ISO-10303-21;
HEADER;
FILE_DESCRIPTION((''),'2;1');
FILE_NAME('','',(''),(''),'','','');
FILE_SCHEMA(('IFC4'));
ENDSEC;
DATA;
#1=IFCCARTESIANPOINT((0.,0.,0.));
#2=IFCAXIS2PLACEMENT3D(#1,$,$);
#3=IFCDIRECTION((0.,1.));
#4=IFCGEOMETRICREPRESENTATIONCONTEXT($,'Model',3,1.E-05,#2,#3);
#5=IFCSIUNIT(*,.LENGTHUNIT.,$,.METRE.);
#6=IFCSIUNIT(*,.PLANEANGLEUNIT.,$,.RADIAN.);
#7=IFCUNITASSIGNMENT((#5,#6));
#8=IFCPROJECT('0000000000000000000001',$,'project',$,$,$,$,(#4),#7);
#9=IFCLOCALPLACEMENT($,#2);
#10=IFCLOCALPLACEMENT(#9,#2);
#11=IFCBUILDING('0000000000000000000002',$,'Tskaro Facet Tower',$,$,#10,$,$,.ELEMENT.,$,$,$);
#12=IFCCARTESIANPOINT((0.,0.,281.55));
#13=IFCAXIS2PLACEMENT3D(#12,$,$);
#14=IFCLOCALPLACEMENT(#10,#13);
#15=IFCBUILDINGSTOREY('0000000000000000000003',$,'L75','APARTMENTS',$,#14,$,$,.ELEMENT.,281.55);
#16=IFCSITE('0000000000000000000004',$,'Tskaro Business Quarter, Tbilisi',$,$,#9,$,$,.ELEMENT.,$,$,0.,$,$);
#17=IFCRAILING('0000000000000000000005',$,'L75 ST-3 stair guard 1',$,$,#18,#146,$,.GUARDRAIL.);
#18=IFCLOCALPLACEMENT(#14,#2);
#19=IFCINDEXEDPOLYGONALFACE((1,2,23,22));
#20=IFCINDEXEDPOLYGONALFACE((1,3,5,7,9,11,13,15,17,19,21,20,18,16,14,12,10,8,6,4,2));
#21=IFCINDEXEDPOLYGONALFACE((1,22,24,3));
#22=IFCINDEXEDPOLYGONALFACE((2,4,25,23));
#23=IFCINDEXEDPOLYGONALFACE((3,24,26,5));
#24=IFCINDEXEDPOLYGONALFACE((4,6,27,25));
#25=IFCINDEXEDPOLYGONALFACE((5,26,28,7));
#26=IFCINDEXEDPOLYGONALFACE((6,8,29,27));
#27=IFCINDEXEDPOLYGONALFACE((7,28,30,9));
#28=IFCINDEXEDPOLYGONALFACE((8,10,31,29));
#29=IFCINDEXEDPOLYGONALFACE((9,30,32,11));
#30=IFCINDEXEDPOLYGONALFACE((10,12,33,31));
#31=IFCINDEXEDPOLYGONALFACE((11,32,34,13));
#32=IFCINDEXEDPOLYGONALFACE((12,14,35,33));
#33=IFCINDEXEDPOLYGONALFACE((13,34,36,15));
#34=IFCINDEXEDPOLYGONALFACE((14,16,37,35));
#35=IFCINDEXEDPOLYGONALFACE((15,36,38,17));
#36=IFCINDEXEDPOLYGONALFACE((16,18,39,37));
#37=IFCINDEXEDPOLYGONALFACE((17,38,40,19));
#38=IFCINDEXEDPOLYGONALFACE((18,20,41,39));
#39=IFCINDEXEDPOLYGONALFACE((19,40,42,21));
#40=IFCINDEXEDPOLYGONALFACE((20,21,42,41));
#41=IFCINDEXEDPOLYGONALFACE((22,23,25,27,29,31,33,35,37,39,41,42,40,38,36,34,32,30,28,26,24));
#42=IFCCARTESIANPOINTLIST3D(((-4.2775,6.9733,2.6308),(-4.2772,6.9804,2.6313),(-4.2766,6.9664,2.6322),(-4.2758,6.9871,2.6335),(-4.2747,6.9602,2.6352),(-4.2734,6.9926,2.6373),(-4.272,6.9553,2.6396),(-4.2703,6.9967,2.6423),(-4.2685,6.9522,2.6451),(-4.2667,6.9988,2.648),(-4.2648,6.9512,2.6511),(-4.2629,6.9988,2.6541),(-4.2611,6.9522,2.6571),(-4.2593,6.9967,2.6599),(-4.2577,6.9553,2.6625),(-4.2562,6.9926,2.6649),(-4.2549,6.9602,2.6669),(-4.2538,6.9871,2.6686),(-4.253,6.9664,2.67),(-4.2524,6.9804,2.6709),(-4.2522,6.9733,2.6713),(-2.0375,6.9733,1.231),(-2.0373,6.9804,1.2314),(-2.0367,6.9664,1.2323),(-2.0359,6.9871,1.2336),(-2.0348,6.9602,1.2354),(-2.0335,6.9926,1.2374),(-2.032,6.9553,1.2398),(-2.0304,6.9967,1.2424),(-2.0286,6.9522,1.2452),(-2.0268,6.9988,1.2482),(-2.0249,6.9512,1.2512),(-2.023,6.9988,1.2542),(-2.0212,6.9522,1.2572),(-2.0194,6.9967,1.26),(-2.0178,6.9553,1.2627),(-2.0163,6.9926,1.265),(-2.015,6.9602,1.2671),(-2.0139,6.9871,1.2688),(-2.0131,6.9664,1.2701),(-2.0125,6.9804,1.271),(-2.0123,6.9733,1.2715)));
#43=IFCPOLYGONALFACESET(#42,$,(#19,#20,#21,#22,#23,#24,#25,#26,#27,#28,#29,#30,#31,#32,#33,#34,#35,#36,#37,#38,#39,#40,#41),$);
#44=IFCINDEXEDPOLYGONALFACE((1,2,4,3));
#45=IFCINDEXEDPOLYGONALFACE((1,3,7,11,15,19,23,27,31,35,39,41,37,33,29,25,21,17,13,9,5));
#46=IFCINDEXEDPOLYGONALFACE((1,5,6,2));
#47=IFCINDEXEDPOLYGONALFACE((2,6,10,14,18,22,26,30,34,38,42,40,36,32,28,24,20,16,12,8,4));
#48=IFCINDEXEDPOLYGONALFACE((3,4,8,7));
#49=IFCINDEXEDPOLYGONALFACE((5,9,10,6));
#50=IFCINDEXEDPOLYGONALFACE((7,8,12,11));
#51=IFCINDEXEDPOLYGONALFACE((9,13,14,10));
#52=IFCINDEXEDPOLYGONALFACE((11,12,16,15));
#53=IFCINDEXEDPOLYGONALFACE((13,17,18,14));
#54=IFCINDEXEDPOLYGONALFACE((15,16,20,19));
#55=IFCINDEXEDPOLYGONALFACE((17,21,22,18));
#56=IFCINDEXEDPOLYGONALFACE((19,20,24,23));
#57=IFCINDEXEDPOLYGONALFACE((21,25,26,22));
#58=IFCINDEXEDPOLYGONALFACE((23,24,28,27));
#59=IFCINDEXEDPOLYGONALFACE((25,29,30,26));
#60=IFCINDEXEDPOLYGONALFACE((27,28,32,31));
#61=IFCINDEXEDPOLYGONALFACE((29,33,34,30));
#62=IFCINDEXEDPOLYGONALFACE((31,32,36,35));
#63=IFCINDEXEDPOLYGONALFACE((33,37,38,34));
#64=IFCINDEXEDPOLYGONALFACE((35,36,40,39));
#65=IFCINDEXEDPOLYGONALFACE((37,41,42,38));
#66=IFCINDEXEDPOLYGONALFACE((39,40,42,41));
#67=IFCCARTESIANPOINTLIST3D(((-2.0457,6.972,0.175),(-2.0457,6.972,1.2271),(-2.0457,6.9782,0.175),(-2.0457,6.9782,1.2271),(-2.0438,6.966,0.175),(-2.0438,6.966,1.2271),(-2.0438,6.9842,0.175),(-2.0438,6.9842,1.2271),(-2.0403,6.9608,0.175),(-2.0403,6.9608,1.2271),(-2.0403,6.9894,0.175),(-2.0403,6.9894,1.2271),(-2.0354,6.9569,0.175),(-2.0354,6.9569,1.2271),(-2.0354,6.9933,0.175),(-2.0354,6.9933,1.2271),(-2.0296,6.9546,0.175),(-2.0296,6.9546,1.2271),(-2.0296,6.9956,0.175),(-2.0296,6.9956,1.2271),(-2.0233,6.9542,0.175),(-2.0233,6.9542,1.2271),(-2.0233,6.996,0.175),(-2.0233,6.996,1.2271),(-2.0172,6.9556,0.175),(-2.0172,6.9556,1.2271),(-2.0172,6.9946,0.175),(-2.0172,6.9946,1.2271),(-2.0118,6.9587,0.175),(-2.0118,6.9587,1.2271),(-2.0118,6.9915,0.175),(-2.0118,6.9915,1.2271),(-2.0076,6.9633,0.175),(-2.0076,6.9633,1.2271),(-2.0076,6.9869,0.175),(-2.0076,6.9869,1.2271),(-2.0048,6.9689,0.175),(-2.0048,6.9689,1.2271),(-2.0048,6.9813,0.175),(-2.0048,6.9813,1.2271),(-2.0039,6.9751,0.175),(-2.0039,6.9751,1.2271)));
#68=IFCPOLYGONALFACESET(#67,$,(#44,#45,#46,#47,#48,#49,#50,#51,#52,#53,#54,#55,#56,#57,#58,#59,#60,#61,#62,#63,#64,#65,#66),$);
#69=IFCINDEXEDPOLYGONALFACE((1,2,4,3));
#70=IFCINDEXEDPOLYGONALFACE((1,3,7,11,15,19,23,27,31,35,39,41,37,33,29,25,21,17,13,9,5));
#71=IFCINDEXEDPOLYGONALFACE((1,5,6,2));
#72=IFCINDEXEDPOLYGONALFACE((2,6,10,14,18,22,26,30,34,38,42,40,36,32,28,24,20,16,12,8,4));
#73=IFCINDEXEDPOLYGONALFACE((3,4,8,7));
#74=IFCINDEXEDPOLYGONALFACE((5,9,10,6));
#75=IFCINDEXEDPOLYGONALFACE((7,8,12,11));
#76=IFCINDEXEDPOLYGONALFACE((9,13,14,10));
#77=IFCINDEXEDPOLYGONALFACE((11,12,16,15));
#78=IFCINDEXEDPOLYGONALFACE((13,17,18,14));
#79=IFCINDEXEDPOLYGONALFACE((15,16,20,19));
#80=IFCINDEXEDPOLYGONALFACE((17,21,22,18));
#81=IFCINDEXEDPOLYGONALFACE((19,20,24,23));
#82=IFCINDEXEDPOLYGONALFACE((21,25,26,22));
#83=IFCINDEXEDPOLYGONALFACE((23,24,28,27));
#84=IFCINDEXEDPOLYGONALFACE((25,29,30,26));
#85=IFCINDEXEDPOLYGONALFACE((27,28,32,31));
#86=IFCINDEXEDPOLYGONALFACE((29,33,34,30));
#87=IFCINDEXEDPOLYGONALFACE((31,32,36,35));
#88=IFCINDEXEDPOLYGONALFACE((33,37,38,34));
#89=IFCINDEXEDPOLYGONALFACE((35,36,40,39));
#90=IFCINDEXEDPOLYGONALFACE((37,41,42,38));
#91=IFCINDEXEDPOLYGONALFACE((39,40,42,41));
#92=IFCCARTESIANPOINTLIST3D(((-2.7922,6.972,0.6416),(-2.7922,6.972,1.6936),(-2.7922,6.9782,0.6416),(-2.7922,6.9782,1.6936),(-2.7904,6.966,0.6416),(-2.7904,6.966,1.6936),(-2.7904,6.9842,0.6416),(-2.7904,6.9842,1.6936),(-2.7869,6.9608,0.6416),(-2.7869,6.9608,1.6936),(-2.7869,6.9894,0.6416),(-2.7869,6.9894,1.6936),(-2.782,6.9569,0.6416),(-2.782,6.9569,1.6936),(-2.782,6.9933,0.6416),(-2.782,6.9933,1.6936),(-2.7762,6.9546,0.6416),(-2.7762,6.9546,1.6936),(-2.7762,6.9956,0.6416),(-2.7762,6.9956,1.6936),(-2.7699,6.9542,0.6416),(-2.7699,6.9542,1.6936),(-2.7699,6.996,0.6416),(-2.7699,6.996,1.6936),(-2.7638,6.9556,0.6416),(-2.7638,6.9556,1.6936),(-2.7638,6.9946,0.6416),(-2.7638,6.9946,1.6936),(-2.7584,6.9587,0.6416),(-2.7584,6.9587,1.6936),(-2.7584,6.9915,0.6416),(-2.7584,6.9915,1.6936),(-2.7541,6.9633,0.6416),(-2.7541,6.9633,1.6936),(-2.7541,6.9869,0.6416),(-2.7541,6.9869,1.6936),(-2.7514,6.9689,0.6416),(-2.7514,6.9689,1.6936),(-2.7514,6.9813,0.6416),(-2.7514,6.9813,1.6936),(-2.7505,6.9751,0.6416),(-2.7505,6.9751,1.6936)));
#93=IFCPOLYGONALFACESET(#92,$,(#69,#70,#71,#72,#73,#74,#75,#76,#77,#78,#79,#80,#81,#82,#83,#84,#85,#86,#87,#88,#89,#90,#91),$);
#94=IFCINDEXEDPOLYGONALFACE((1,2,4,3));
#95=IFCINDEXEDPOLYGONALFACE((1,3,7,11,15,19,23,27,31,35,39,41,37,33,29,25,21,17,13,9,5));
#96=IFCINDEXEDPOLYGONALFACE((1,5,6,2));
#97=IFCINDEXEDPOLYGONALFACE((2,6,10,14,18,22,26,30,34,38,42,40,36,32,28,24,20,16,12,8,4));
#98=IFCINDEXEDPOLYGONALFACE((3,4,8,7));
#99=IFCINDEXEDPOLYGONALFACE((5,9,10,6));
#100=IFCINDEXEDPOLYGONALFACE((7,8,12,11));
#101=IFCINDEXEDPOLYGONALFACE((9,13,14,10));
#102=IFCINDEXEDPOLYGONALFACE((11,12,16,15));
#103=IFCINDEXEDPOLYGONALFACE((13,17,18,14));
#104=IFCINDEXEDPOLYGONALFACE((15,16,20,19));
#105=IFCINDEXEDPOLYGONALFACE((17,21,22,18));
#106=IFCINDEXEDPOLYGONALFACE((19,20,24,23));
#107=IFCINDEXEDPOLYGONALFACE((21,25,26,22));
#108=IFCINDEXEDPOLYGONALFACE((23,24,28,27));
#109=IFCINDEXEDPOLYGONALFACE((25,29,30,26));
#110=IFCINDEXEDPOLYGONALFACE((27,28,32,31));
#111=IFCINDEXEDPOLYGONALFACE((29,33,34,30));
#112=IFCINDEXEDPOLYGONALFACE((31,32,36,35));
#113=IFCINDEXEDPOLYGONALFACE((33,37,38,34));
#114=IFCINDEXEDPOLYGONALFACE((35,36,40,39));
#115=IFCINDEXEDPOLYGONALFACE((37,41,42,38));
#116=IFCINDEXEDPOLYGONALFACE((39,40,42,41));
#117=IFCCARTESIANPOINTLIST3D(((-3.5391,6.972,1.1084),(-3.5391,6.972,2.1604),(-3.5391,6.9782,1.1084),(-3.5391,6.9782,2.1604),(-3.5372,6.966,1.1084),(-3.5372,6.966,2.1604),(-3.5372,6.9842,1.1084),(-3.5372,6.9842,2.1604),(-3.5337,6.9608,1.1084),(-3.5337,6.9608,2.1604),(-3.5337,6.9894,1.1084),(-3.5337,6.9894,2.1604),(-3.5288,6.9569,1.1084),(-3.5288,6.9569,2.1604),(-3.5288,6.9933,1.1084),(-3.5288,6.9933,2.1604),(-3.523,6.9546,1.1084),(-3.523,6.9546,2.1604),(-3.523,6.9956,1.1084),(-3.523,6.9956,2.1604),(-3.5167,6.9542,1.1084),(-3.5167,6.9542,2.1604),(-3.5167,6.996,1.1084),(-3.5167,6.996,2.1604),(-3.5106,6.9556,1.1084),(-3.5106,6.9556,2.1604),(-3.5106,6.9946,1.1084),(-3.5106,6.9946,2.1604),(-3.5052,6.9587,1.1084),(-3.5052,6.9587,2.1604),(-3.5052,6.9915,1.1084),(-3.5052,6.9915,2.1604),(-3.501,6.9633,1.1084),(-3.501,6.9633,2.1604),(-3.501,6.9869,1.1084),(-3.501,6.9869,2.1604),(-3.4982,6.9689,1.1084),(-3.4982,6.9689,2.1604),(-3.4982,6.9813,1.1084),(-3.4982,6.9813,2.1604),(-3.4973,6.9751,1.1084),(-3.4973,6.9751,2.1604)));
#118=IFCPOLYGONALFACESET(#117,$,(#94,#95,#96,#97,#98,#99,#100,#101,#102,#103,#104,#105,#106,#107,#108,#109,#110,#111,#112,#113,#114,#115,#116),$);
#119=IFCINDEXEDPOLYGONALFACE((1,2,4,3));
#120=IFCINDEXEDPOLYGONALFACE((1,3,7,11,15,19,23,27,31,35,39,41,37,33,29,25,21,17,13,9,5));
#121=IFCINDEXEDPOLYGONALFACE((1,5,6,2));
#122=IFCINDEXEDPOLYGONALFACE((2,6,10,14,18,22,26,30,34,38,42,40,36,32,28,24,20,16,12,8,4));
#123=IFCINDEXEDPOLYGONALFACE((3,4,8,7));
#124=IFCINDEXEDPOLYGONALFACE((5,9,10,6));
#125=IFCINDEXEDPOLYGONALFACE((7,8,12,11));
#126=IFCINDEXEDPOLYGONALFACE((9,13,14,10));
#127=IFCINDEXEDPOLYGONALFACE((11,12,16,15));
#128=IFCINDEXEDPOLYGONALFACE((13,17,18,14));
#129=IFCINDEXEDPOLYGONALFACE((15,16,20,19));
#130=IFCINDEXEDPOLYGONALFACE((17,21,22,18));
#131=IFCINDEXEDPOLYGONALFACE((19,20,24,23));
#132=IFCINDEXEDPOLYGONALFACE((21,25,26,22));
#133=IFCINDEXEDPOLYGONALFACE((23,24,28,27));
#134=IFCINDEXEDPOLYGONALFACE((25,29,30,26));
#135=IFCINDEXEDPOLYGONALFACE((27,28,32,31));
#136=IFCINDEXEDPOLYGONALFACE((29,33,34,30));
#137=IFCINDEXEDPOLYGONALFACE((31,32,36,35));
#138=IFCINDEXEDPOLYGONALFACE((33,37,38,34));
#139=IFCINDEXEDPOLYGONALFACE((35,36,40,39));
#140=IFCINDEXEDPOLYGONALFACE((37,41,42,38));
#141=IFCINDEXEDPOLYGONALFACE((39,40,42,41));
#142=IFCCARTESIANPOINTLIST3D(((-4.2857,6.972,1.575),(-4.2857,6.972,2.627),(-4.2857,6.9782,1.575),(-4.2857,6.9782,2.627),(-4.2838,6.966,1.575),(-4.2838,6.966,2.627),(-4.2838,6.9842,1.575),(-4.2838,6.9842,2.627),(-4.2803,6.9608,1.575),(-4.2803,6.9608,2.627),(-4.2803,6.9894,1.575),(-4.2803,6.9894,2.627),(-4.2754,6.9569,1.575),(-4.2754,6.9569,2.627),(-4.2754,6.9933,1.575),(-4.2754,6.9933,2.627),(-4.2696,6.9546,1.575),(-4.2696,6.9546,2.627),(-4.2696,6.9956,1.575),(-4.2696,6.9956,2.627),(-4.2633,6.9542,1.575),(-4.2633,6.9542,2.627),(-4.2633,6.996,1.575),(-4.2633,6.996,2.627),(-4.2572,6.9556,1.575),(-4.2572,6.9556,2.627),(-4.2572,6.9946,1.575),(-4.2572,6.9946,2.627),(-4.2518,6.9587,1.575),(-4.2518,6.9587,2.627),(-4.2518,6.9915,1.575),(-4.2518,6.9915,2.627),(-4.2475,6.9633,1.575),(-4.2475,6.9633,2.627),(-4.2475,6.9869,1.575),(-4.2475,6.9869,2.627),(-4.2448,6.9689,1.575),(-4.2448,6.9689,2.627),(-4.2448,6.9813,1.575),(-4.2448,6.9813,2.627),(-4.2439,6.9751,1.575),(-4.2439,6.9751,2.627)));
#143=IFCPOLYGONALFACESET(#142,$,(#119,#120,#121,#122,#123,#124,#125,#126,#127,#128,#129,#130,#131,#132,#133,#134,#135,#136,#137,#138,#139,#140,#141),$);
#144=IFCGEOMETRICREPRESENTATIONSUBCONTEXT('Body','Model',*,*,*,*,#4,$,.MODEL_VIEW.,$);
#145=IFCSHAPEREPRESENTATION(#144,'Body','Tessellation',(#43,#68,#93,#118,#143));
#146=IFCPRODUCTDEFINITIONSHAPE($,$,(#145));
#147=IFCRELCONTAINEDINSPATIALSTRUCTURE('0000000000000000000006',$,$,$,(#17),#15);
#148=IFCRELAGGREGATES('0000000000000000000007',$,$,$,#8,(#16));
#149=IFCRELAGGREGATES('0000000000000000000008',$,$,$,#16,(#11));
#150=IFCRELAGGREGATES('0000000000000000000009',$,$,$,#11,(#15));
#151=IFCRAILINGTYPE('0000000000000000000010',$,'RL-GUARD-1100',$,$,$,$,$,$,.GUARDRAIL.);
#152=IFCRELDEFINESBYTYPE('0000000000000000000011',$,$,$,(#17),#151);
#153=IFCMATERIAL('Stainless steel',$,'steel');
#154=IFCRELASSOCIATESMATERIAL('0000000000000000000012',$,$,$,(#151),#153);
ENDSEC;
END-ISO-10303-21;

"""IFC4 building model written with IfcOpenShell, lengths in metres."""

from ifc_helpers import new_model, si_unit, direction, frame, origin, origin_2d, place, context, subcontext, project, spatial, circle, extrude, material, type_object, element, save


model = new_model("IFC4")

# Units and contexts
model_context = context("Model", 3, precision=1e-05, world=origin(), true_north=direction((0.0, 1.0)))
body_context = subcontext(model_context, "Body", "Model", "MODEL_VIEW")
ifc_project = project(units=[si_unit("LENGTHUNIT", "METRE"), si_unit("PLANEANGLEUNIT", "RADIAN")], contexts=[model_context])

# Site, building, storey
site_placement = place(None, origin())
site = spatial("IfcSite", under=ifc_project, at=site_placement, Name="Tskaro Business Quarter, Tbilisi", CompositionType="ELEMENT", RefElevation=0.0)
building_placement = place(site_placement, origin())
building = spatial("IfcBuilding", under=site, at=building_placement, Name="Tskaro Facet Tower", CompositionType="ELEMENT")
storey_placement = place(building_placement, frame((0.0, 0.0, 281.55)))
storey = spatial("IfcBuildingStorey", under=building, at=storey_placement, Name="L75", Description="APARTMENTS", CompositionType="ELEMENT", Elevation=281.55)

# Railing
ifc_material_1 = material(Name="Stainless steel", Category="steel")
railing_type_1 = type_object("IfcRailingType", Name="RL-GUARD-1100", PredefinedType="GUARDRAIL", material=ifc_material_1)
railing_1_placement = place(storey_placement, frame((-2.0249, 6.9751, 0.175)))
element("IfcRailing", 1, at=railing_1_placement, inside=storey, type_object=railing_type_1, Name="L75 ST-3 stair guard 1", PredefinedType="GUARDRAIL", context=body_context, shape_type="SweptSolid", body=[
    extrude(circle(Radius=0.0239, at=origin_2d()), frame((0.0, 0.0, 1.0762), z_axis=(-0.848014, 0.0, 0.529974), x_axis=(0.0, -1.0, 0.0)), (0.0, 0.0, 1.0), 2.6414),
    extrude(circle(Radius=0.021, at=origin_2d()), origin(), (0.0, 0.0, 1.0), 1.052),
    extrude(circle(Radius=0.021, at=origin_2d()), frame((-0.7466, 0.0, 0.4666)), (0.0, 0.0, 1.0), 1.052),
    extrude(circle(Radius=0.021, at=origin_2d()), frame((-1.4934, 0.0, 0.9333)), (0.0, 0.0, 1.0), 1.052),
    extrude(circle(Radius=0.021, at=origin_2d()), frame((-2.24, 0.0, 1.3999)), (0.0, 0.0, 1.0), 1.052),
])

save(model, "model.ifc")
